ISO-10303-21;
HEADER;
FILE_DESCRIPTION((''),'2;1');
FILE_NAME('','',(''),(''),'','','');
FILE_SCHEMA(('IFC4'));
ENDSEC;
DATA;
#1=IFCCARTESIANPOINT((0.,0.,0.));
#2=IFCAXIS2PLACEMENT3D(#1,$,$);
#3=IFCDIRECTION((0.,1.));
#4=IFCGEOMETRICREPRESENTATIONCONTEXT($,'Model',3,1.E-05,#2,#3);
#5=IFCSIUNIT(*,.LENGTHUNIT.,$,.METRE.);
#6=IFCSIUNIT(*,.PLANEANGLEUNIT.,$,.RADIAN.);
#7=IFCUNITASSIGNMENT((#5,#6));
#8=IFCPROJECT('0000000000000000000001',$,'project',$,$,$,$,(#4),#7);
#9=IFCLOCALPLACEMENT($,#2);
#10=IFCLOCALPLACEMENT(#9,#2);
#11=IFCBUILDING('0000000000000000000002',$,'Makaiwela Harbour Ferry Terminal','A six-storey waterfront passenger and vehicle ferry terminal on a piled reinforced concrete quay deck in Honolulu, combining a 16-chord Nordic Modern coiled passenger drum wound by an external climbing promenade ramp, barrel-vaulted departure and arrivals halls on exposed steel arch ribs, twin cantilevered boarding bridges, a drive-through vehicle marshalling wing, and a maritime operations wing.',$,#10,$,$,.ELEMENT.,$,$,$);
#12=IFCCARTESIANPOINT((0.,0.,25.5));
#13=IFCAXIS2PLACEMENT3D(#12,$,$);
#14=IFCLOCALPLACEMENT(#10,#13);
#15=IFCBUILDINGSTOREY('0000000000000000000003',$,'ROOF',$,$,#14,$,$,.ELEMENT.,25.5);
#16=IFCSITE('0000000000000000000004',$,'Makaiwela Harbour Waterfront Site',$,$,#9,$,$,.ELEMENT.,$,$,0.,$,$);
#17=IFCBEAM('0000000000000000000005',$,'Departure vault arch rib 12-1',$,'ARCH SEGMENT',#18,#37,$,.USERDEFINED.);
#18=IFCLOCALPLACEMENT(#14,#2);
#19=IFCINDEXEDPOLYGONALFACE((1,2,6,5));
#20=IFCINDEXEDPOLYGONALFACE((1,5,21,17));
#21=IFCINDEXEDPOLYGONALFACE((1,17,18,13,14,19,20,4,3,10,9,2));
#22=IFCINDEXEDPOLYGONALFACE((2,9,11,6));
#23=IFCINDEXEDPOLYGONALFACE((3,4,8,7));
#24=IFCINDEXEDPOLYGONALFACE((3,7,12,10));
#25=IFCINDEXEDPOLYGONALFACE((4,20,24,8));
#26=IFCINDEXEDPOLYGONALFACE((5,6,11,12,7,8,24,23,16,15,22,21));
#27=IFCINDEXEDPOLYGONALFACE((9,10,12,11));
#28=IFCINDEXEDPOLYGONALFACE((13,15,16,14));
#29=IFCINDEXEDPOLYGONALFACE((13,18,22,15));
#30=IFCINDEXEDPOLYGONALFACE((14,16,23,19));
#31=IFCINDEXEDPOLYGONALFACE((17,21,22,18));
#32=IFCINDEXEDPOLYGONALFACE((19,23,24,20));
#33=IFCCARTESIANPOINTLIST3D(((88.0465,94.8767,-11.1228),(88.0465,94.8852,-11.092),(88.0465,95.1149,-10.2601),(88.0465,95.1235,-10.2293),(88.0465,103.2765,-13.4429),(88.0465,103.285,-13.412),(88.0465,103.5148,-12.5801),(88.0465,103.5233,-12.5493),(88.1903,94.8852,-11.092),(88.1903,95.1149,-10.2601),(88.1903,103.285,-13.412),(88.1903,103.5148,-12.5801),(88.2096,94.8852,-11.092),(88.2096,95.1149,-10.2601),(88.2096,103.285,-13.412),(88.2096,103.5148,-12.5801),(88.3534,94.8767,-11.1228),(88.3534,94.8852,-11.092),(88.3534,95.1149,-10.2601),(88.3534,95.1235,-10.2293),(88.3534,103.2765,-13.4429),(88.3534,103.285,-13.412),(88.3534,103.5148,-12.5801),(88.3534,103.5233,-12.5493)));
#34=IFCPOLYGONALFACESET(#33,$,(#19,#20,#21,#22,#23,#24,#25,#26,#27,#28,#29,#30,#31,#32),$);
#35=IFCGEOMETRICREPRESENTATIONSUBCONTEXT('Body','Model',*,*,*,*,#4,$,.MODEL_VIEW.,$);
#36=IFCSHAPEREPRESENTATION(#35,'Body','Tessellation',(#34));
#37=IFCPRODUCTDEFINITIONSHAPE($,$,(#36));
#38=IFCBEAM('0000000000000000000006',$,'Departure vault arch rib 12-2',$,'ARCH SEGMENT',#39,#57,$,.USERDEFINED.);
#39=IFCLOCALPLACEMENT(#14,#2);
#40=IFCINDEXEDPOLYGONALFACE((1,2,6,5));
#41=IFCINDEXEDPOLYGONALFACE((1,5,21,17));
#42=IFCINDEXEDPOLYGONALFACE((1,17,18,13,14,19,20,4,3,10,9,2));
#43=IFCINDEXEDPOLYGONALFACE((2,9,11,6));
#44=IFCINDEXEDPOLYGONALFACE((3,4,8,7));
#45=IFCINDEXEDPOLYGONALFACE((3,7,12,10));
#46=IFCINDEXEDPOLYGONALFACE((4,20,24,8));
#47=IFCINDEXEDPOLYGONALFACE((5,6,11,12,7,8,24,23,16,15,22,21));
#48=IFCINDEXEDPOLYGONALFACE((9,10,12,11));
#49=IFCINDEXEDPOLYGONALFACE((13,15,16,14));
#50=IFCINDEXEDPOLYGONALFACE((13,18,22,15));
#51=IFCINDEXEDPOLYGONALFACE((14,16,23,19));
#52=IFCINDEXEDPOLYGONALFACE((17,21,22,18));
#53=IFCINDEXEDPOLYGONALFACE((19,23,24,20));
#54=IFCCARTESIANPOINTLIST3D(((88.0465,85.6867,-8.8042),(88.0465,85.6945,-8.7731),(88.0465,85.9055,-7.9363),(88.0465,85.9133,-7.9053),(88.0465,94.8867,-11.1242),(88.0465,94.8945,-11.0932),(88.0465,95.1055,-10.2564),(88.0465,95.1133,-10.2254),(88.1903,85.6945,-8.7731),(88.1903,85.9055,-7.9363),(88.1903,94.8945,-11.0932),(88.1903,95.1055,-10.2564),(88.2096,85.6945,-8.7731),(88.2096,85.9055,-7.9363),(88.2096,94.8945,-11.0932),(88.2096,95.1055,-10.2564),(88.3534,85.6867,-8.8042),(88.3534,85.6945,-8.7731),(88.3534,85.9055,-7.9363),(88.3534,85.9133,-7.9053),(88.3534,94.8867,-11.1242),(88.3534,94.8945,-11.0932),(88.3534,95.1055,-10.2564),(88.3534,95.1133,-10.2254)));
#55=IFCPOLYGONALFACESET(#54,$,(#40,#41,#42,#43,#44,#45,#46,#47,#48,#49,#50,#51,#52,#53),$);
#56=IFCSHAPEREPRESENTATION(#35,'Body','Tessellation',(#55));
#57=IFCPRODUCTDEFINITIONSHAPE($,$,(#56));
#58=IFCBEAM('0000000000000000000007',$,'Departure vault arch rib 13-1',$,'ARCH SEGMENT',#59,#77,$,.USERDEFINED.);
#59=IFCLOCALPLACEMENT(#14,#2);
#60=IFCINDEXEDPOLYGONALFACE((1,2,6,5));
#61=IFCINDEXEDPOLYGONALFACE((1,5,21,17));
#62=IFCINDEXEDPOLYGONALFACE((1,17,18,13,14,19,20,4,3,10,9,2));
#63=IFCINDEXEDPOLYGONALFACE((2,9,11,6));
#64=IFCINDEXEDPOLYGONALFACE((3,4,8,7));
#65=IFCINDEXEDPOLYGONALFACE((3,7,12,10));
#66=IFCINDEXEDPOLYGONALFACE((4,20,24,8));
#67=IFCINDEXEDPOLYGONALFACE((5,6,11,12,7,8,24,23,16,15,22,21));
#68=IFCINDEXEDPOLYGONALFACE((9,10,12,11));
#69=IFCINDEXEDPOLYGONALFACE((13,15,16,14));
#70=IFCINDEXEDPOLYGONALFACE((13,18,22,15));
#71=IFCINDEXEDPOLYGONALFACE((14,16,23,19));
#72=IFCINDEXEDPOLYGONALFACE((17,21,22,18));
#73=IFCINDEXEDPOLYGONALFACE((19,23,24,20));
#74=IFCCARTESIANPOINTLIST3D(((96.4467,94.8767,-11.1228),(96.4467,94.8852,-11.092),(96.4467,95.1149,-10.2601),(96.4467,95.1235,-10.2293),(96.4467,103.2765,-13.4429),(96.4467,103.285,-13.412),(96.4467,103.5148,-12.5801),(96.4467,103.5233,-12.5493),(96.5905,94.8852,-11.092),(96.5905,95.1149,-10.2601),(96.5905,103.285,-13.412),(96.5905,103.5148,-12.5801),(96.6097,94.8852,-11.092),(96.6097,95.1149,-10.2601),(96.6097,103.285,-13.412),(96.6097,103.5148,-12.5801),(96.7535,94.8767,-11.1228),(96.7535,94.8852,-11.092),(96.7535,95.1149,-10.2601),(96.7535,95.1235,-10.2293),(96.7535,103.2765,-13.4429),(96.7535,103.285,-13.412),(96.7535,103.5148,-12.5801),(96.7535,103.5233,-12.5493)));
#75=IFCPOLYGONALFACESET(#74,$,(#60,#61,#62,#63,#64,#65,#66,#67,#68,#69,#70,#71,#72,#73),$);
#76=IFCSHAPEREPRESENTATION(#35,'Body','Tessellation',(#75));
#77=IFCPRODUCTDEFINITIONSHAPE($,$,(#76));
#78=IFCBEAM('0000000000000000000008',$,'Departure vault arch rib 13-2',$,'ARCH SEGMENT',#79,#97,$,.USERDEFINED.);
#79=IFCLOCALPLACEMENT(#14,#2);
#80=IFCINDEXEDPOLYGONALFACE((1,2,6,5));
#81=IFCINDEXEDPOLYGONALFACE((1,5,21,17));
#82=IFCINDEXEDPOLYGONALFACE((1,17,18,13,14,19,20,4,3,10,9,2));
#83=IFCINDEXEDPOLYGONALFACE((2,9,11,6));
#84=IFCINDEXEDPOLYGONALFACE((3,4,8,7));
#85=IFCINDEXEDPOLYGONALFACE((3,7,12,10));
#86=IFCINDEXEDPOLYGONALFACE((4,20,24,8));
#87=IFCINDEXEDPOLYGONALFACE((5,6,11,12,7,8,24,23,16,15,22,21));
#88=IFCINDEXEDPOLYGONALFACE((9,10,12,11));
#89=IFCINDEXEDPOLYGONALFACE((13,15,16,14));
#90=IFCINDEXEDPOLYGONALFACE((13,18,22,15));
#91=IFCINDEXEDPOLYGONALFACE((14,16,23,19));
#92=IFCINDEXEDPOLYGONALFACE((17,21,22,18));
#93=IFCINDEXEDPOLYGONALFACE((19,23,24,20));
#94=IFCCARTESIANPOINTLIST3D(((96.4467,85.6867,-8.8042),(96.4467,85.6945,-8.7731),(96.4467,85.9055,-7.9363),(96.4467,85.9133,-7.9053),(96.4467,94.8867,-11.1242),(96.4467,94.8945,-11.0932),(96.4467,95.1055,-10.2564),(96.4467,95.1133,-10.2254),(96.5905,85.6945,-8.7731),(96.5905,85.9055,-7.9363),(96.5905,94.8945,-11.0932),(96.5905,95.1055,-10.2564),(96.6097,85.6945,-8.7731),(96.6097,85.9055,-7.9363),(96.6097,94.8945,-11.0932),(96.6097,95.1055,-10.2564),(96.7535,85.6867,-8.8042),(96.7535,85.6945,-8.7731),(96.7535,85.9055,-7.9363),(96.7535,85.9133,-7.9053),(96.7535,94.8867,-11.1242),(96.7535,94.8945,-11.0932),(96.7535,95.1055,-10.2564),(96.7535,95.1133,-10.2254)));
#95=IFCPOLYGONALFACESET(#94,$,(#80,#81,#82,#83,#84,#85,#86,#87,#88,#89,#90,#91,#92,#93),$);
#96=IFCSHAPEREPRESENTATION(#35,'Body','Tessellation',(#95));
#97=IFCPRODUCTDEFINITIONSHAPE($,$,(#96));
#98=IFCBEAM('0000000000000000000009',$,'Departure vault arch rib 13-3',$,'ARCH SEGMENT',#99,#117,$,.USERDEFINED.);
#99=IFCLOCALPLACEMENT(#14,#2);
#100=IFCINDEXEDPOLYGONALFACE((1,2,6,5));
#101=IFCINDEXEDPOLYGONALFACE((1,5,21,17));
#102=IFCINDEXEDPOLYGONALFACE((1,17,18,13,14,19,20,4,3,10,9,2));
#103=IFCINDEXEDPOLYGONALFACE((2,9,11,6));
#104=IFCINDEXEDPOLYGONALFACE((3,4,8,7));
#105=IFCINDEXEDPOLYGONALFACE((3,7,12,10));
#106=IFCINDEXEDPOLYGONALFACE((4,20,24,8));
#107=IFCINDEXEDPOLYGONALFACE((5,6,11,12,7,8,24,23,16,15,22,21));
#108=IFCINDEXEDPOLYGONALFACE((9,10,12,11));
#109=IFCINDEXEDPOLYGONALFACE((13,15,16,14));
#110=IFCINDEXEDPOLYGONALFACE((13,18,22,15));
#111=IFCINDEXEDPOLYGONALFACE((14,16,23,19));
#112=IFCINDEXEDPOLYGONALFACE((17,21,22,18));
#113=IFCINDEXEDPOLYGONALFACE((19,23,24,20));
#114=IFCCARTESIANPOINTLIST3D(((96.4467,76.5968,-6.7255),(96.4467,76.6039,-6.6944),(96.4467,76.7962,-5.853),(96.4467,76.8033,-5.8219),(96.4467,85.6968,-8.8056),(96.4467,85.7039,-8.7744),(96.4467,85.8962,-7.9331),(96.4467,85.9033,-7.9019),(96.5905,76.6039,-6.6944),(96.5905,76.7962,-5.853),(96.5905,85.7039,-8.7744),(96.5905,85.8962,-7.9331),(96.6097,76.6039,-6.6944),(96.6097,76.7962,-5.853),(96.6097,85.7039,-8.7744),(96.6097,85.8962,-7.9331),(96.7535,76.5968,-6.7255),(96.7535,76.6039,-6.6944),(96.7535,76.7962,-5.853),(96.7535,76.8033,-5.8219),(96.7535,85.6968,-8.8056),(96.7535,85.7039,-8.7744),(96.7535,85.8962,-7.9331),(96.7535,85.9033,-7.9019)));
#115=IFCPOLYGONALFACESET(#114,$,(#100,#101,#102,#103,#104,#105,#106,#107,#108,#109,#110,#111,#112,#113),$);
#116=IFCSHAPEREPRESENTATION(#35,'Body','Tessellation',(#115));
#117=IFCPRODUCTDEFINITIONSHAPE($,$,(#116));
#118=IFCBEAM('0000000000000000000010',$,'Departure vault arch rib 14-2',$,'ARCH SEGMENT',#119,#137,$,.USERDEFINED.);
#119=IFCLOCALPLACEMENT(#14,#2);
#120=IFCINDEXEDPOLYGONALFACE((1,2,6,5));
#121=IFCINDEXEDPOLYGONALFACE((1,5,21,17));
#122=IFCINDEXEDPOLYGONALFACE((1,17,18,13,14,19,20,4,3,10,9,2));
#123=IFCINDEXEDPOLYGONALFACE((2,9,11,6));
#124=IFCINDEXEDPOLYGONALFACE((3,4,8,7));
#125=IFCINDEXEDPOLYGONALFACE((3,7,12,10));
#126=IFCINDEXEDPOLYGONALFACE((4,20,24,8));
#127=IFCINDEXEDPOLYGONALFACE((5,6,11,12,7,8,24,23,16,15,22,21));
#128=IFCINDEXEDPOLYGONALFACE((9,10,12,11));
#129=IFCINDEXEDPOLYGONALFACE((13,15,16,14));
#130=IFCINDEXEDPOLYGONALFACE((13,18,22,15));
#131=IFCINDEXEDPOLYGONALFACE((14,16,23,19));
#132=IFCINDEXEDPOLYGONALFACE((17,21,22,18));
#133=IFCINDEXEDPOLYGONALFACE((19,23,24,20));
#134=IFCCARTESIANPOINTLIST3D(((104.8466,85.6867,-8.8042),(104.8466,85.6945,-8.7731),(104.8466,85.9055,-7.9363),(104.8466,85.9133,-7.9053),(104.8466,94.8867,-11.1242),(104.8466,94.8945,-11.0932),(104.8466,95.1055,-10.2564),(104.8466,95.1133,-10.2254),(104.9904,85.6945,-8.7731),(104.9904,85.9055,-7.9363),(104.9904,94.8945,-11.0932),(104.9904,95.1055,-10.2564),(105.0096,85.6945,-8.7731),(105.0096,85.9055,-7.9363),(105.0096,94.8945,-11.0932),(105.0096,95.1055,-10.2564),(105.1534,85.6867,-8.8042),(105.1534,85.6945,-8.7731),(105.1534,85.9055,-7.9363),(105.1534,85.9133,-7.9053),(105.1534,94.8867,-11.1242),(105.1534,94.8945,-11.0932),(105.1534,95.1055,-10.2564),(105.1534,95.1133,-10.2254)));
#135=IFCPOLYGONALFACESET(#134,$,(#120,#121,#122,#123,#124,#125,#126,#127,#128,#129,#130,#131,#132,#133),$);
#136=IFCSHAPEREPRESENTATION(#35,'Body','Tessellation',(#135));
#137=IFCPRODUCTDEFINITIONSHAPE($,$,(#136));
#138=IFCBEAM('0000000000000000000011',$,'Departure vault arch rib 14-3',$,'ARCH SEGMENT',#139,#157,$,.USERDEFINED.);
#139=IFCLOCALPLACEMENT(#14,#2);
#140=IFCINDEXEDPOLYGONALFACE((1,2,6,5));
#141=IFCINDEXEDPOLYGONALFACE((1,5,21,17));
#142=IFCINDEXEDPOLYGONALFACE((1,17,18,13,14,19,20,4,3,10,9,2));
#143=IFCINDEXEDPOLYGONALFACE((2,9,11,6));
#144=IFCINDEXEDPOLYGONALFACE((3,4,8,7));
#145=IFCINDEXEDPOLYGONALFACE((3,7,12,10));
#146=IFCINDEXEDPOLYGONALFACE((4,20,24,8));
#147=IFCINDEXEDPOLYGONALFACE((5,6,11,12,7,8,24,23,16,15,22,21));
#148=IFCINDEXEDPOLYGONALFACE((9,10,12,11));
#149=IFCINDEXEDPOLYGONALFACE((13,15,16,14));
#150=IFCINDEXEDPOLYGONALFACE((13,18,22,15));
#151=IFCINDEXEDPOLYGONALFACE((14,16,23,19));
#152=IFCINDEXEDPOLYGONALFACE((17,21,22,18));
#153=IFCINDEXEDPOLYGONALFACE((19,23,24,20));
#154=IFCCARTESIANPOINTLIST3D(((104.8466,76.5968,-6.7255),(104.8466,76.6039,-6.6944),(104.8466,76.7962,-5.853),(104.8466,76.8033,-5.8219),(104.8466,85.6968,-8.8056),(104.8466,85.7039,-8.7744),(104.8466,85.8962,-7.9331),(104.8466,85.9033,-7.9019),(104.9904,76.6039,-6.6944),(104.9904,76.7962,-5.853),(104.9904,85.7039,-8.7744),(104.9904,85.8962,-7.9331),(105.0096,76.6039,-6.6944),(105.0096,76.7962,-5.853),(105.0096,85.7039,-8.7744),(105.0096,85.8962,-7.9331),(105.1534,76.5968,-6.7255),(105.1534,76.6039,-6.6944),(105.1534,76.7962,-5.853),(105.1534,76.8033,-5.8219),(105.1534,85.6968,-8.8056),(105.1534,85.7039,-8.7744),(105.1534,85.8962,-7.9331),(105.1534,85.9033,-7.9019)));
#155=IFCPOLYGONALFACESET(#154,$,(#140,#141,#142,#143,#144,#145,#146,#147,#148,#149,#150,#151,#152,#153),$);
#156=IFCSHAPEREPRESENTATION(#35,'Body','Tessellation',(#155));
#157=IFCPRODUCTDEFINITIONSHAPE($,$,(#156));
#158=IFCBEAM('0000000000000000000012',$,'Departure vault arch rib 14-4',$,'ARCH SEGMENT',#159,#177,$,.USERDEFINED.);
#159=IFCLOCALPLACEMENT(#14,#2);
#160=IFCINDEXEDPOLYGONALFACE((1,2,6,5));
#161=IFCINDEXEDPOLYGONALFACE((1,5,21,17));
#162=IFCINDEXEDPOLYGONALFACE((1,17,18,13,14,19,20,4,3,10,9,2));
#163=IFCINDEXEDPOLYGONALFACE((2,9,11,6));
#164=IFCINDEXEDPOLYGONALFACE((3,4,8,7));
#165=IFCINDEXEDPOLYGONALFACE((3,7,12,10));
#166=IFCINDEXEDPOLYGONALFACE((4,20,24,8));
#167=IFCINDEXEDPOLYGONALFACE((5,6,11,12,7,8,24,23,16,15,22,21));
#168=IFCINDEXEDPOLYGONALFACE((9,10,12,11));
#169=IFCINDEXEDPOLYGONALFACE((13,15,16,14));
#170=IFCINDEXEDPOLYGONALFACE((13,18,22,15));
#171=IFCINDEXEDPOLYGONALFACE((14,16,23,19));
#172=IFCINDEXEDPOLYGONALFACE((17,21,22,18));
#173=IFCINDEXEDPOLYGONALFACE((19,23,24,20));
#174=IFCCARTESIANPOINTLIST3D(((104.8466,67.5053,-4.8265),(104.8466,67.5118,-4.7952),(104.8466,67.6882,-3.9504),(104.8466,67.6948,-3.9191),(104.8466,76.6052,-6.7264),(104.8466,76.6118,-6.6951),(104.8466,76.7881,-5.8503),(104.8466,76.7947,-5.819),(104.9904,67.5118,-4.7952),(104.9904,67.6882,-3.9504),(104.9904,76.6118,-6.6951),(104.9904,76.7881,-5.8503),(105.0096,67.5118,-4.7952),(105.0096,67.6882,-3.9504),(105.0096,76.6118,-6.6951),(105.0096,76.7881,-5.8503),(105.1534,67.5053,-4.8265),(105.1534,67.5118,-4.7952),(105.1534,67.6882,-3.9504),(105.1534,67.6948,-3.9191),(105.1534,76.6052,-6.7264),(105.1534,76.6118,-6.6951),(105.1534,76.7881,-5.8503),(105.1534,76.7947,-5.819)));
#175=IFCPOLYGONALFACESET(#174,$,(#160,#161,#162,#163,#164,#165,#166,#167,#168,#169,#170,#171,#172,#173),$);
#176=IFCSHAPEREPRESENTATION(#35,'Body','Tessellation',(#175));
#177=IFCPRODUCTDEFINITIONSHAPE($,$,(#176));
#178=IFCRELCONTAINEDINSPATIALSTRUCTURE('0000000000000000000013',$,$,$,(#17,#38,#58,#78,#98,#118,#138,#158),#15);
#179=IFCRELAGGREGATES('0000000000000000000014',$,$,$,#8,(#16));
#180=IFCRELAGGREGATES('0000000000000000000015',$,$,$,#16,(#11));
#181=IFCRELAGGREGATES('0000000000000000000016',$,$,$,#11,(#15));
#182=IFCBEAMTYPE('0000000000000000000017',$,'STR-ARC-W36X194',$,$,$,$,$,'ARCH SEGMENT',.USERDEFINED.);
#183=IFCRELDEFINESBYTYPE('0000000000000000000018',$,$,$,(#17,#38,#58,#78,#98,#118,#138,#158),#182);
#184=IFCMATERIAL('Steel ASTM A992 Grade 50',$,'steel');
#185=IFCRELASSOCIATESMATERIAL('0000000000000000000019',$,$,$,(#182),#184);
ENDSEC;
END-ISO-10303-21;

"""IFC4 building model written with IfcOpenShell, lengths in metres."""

from ifc_helpers import new_model, si_unit, direction, frame, origin, origin_2d, place, context, subcontext, project, spatial, i_section, extrude, material, material_profile, profile_set, type_object, element, save


model = new_model("IFC4")

# Units and contexts
model_context = context("Model", 3, precision=1e-05, world=origin(), true_north=direction((0.0, 1.0)))
body_context = subcontext(model_context, "Body", "Model", "MODEL_VIEW")
ifc_project = project(units=[si_unit("LENGTHUNIT", "METRE"), si_unit("PLANEANGLEUNIT", "RADIAN")], contexts=[model_context])

# Site, building, storey
site_placement = place(None, origin())
site = spatial("IfcSite", under=ifc_project, at=site_placement, Name="Makaiwela Harbour Waterfront Site", CompositionType="ELEMENT", RefElevation=0.0)
building_placement = place(site_placement, origin())
building = spatial("IfcBuilding", under=site, at=building_placement, Name="Makaiwela Harbour Ferry Terminal", Description="A six-storey waterfront passenger and vehicle ferry terminal on a piled reinforced concrete quay deck in Honolulu, combining a 16-chord Nordic Modern coiled passenger drum wound by an external climbing promenade ramp, barrel-vaulted departure and arrivals halls on exposed steel arch ribs, twin cantilevered boarding bridges, a drive-through vehicle marshalling wing, and a maritime operations wing.", CompositionType="ELEMENT")
storey_placement = place(building_placement, frame((0.0, 0.0, 25.5)))
storey = spatial("IfcBuildingStorey", under=building, at=storey_placement, Name="ROOF", CompositionType="ELEMENT", Elevation=25.5)

# Beams
ifc_material_1 = material(Name="Steel ASTM A992 Grade 50", Category="steel")
ifc_material_profile_1 = material_profile(ifc_material_1, i_section(OverallWidth=0.3069, OverallDepth=0.927, WebThickness=0.0193, FlangeThickness=0.032, at=origin_2d()), Name="W36X194")
ifc_profile_set_1 = profile_set([ifc_material_profile_1], Name="Steel ASTM A992 Grade 50")
beam_type = type_object("IfcBeamType", Name="STR-ARC-W36X194", ElementType="ARCH SEGMENT", PredefinedType="USERDEFINED", material=ifc_profile_set_1)
beam_1_placement = place(storey_placement, frame((88.2, 103.3999, -12.9961), z_axis=(0.0, -0.963909, 0.266233), x_axis=(1.0, 0.0, 0.0)))
element("IfcBeam", 1, at=beam_1_placement, inside=storey, type_object=beam_type, Name="Departure vault arch rib 12-1", ObjectType="ARCH SEGMENT", PredefinedType="USERDEFINED", context=body_context, shape_type="SweptSolid", body=[
    extrude(i_section(OverallWidth=0.3069, OverallDepth=0.927, WebThickness=0.0193, FlangeThickness=0.032, at=origin_2d()), origin(), (0.0, 0.0, 1.0), 8.7144),
])
beam_2_placement = place(storey_placement, frame((88.2, 95.0, -10.6748), z_axis=(0.0, -0.969642, 0.244527), x_axis=(1.0, 0.0, 0.0)))
element("IfcBeam", 2, at=beam_2_placement, inside=storey, type_object=beam_type, Name="Departure vault arch rib 12-2", ObjectType="ARCH SEGMENT", PredefinedType="USERDEFINED", context=body_context, shape_type="SweptSolid", body=[
    extrude(i_section(OverallWidth=0.3069, OverallDepth=0.927, WebThickness=0.0193, FlangeThickness=0.032, at=origin_2d()), origin(), (0.0, 0.0, 1.0), 9.488),
])
beam_3_placement = place(storey_placement, frame((96.6001, 103.3999, -12.9961), z_axis=(0.0, -0.963909, 0.266233), x_axis=(1.0, 0.0, 0.0)))
element("IfcBeam", 3, at=beam_3_placement, inside=storey, type_object=beam_type, Name="Departure vault arch rib 13-1", ObjectType="ARCH SEGMENT", PredefinedType="USERDEFINED", context=body_context, shape_type="SweptSolid", body=[
    extrude(i_section(OverallWidth=0.3069, OverallDepth=0.927, WebThickness=0.0193, FlangeThickness=0.032, at=origin_2d()), origin(), (0.0, 0.0, 1.0), 8.7144),
])
beam_4_placement = place(storey_placement, frame((96.6001, 95.0, -10.6748), z_axis=(0.0, -0.969642, 0.244527), x_axis=(1.0, 0.0, 0.0)))
element("IfcBeam", 4, at=beam_4_placement, inside=storey, type_object=beam_type, Name="Departure vault arch rib 13-2", ObjectType="ARCH SEGMENT", PredefinedType="USERDEFINED", context=body_context, shape_type="SweptSolid", body=[
    extrude(i_section(OverallWidth=0.3069, OverallDepth=0.927, WebThickness=0.0193, FlangeThickness=0.032, at=origin_2d()), origin(), (0.0, 0.0, 1.0), 9.488),
])
beam_5_placement = place(storey_placement, frame((96.6001, 85.8, -8.3538), z_axis=(0.0, -0.974857, 0.22283), x_axis=(1.0, 0.0, 0.0)))
element("IfcBeam", 5, at=beam_5_placement, inside=storey, type_object=beam_type, Name="Departure vault arch rib 13-3", ObjectType="ARCH SEGMENT", PredefinedType="USERDEFINED", context=body_context, shape_type="SweptSolid", body=[
    extrude(i_section(OverallWidth=0.3069, OverallDepth=0.927, WebThickness=0.0193, FlangeThickness=0.032, at=origin_2d()), origin(), (0.0, 0.0, 1.0), 9.3347),
])
beam_6_placement = place(storey_placement, frame((105.0, 95.0, -10.6748), z_axis=(0.0, -0.969642, 0.244527), x_axis=(1.0, 0.0, 0.0)))
element("IfcBeam", 6, at=beam_6_placement, inside=storey, type_object=beam_type, Name="Departure vault arch rib 14-2", ObjectType="ARCH SEGMENT", PredefinedType="USERDEFINED", context=body_context, shape_type="SweptSolid", body=[
    extrude(i_section(OverallWidth=0.3069, OverallDepth=0.927, WebThickness=0.0193, FlangeThickness=0.032, at=origin_2d()), origin(), (0.0, 0.0, 1.0), 9.488),
])
beam_7_placement = place(storey_placement, frame((105.0, 85.8, -8.3538), z_axis=(0.0, -0.974857, 0.22283), x_axis=(1.0, 0.0, 0.0)))
element("IfcBeam", 7, at=beam_7_placement, inside=storey, type_object=beam_type, Name="Departure vault arch rib 14-3", ObjectType="ARCH SEGMENT", PredefinedType="USERDEFINED", context=body_context, shape_type="SweptSolid", body=[
    extrude(i_section(OverallWidth=0.3069, OverallDepth=0.927, WebThickness=0.0193, FlangeThickness=0.032, at=origin_2d()), origin(), (0.0, 0.0, 1.0), 9.3347),
])
beam_8_placement = place(storey_placement, frame((105.0, 76.7, -6.2727), z_axis=(0.0, -0.978892, 0.204377), x_axis=(1.0, 0.0, 0.0)))
element("IfcBeam", 8, at=beam_8_placement, inside=storey, type_object=beam_type, Name="Departure vault arch rib 14-4", ObjectType="ARCH SEGMENT", PredefinedType="USERDEFINED", context=body_context, shape_type="SweptSolid", body=[
    extrude(i_section(OverallWidth=0.3069, OverallDepth=0.927, WebThickness=0.0193, FlangeThickness=0.032, at=origin_2d()), origin(), (0.0, 0.0, 1.0), 9.2961),
])

save(model, "model.ifc")
